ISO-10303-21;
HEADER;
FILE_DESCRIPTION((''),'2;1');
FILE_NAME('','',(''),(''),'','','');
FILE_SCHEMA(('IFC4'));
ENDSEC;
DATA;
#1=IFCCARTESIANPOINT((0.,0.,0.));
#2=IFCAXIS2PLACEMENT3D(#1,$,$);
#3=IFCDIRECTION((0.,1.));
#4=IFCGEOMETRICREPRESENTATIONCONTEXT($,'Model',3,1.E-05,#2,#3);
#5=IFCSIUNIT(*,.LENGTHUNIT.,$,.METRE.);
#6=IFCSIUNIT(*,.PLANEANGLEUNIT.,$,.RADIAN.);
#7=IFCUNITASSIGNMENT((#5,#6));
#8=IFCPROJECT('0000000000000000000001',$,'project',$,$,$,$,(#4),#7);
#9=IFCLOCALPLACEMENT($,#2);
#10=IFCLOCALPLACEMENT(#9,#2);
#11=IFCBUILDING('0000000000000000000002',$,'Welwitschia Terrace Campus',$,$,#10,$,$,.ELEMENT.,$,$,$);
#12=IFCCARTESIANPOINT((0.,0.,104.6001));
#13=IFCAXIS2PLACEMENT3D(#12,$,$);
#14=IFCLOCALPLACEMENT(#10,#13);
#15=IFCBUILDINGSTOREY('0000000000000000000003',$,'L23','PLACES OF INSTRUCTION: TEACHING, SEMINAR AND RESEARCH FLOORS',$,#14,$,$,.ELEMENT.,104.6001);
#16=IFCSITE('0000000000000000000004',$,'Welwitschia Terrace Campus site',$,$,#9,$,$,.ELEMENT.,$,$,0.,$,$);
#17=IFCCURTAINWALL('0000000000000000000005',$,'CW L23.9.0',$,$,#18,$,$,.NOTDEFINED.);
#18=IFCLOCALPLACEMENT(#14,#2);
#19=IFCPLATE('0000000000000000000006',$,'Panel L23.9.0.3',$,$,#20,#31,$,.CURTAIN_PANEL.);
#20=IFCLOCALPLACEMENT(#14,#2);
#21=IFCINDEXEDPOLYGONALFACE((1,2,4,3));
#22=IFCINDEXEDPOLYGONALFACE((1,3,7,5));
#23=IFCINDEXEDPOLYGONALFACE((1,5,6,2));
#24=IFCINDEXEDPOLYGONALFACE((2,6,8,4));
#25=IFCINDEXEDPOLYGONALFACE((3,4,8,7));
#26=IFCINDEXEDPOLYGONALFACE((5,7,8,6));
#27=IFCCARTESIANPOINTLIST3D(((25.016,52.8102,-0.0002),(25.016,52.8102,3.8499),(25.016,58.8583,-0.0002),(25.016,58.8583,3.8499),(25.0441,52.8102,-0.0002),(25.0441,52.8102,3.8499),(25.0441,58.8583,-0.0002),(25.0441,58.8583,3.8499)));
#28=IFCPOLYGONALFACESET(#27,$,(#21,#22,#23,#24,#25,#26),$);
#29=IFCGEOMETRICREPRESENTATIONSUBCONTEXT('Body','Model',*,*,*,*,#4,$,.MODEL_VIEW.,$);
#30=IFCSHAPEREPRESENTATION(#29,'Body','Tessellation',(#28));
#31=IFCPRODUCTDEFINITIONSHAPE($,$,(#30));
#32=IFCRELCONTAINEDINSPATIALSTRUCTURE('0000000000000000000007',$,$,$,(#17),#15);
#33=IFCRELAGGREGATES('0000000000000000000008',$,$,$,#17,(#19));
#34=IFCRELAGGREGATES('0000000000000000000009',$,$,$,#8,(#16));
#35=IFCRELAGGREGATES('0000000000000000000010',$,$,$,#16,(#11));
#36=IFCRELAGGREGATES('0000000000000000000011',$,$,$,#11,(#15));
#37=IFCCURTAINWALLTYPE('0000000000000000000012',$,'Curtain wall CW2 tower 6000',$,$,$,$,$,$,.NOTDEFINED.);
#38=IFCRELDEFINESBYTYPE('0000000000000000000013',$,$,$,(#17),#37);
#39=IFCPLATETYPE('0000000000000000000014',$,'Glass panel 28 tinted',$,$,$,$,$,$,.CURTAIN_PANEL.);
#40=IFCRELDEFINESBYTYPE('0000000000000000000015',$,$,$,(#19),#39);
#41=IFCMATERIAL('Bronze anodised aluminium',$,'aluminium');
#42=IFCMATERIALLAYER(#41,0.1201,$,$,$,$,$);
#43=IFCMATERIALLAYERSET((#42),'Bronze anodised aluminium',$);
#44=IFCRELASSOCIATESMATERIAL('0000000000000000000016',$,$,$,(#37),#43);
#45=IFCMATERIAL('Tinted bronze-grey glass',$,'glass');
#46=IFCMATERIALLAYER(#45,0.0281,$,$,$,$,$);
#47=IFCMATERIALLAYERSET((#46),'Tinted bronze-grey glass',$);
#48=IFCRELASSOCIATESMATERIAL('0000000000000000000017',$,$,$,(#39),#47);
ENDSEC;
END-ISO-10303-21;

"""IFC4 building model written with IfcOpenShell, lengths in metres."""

from ifc_helpers import new_model, si_unit, direction, frame, origin, origin_2d, place, context, subcontext, project, spatial, rectangle, extrude, material, layer, layer_set, type_object, element, aggregate, save


model = new_model("IFC4")

# Units and contexts
model_context = context("Model", 3, precision=1e-05, world=origin(), true_north=direction((0.0, 1.0)))
body_context = subcontext(model_context, "Body", "Model", "MODEL_VIEW")
ifc_project = project(units=[si_unit("LENGTHUNIT", "METRE"), si_unit("PLANEANGLEUNIT", "RADIAN")], contexts=[model_context])

# Site, building, storey
site_placement = place(None, origin())
site = spatial("IfcSite", under=ifc_project, at=site_placement, Name="Welwitschia Terrace Campus site", CompositionType="ELEMENT", RefElevation=0.0)
building_placement = place(site_placement, origin())
building = spatial("IfcBuilding", under=site, at=building_placement, Name="Welwitschia Terrace Campus", CompositionType="ELEMENT")
storey_placement = place(building_placement, frame((0.0, 0.0, 104.6001)))
storey = spatial("IfcBuildingStorey", under=building, at=storey_placement, Name="L23", Description="PLACES OF INSTRUCTION: TEACHING, SEMINAR AND RESEARCH FLOORS", CompositionType="ELEMENT", Elevation=104.6001)

# Curtain wall
ifc_material_1 = material(Name="Bronze anodised aluminium", Category="aluminium")
ifc_layer_1 = layer(ifc_material_1, 0.1201)
ifc_layer_set_1 = layer_set([ifc_layer_1], Name="Bronze anodised aluminium")
curtain_wall_type = type_object("IfcCurtainWallType", Name="Curtain wall CW2 tower 6000", PredefinedType="NOTDEFINED", material=ifc_layer_set_1)
curtain_wall_placement = place(storey_placement, origin())
curtain_wall = element("IfcCurtainWall", 1, at=curtain_wall_placement, inside=storey, type_object=curtain_wall_type, Name="CW L23.9.0", PredefinedType="NOTDEFINED")

# Plate
ifc_material_2 = material(Name="Tinted bronze-grey glass", Category="glass")
ifc_layer_2 = layer(ifc_material_2, 0.0281)
ifc_layer_set_2 = layer_set([ifc_layer_2], Name="Tinted bronze-grey glass")
plate_type = type_object("IfcPlateType", Name="Glass panel 28 tinted", PredefinedType="CURTAIN_PANEL", material=ifc_layer_set_2)
plate_1_placement = place(storey_placement, frame((25.03, 55.8342, -0.0002), z_axis=(0.0, 0.0, 1.0), x_axis=(0.0, 1.0, 0.0)))
plate_1 = element("IfcPlate", 2, at=plate_1_placement, type_object=plate_type, Name="Panel L23.9.0.3", PredefinedType="CURTAIN_PANEL", context=body_context, shape_type="SweptSolid", body=[
    extrude(rectangle(XDim=6.0481, YDim=0.0281, at=origin_2d()), origin(), (0.0, 0.0, 1.0), 3.8501),
])
aggregate(curtain_wall, [plate_1])

save(model, "model.ifc")
